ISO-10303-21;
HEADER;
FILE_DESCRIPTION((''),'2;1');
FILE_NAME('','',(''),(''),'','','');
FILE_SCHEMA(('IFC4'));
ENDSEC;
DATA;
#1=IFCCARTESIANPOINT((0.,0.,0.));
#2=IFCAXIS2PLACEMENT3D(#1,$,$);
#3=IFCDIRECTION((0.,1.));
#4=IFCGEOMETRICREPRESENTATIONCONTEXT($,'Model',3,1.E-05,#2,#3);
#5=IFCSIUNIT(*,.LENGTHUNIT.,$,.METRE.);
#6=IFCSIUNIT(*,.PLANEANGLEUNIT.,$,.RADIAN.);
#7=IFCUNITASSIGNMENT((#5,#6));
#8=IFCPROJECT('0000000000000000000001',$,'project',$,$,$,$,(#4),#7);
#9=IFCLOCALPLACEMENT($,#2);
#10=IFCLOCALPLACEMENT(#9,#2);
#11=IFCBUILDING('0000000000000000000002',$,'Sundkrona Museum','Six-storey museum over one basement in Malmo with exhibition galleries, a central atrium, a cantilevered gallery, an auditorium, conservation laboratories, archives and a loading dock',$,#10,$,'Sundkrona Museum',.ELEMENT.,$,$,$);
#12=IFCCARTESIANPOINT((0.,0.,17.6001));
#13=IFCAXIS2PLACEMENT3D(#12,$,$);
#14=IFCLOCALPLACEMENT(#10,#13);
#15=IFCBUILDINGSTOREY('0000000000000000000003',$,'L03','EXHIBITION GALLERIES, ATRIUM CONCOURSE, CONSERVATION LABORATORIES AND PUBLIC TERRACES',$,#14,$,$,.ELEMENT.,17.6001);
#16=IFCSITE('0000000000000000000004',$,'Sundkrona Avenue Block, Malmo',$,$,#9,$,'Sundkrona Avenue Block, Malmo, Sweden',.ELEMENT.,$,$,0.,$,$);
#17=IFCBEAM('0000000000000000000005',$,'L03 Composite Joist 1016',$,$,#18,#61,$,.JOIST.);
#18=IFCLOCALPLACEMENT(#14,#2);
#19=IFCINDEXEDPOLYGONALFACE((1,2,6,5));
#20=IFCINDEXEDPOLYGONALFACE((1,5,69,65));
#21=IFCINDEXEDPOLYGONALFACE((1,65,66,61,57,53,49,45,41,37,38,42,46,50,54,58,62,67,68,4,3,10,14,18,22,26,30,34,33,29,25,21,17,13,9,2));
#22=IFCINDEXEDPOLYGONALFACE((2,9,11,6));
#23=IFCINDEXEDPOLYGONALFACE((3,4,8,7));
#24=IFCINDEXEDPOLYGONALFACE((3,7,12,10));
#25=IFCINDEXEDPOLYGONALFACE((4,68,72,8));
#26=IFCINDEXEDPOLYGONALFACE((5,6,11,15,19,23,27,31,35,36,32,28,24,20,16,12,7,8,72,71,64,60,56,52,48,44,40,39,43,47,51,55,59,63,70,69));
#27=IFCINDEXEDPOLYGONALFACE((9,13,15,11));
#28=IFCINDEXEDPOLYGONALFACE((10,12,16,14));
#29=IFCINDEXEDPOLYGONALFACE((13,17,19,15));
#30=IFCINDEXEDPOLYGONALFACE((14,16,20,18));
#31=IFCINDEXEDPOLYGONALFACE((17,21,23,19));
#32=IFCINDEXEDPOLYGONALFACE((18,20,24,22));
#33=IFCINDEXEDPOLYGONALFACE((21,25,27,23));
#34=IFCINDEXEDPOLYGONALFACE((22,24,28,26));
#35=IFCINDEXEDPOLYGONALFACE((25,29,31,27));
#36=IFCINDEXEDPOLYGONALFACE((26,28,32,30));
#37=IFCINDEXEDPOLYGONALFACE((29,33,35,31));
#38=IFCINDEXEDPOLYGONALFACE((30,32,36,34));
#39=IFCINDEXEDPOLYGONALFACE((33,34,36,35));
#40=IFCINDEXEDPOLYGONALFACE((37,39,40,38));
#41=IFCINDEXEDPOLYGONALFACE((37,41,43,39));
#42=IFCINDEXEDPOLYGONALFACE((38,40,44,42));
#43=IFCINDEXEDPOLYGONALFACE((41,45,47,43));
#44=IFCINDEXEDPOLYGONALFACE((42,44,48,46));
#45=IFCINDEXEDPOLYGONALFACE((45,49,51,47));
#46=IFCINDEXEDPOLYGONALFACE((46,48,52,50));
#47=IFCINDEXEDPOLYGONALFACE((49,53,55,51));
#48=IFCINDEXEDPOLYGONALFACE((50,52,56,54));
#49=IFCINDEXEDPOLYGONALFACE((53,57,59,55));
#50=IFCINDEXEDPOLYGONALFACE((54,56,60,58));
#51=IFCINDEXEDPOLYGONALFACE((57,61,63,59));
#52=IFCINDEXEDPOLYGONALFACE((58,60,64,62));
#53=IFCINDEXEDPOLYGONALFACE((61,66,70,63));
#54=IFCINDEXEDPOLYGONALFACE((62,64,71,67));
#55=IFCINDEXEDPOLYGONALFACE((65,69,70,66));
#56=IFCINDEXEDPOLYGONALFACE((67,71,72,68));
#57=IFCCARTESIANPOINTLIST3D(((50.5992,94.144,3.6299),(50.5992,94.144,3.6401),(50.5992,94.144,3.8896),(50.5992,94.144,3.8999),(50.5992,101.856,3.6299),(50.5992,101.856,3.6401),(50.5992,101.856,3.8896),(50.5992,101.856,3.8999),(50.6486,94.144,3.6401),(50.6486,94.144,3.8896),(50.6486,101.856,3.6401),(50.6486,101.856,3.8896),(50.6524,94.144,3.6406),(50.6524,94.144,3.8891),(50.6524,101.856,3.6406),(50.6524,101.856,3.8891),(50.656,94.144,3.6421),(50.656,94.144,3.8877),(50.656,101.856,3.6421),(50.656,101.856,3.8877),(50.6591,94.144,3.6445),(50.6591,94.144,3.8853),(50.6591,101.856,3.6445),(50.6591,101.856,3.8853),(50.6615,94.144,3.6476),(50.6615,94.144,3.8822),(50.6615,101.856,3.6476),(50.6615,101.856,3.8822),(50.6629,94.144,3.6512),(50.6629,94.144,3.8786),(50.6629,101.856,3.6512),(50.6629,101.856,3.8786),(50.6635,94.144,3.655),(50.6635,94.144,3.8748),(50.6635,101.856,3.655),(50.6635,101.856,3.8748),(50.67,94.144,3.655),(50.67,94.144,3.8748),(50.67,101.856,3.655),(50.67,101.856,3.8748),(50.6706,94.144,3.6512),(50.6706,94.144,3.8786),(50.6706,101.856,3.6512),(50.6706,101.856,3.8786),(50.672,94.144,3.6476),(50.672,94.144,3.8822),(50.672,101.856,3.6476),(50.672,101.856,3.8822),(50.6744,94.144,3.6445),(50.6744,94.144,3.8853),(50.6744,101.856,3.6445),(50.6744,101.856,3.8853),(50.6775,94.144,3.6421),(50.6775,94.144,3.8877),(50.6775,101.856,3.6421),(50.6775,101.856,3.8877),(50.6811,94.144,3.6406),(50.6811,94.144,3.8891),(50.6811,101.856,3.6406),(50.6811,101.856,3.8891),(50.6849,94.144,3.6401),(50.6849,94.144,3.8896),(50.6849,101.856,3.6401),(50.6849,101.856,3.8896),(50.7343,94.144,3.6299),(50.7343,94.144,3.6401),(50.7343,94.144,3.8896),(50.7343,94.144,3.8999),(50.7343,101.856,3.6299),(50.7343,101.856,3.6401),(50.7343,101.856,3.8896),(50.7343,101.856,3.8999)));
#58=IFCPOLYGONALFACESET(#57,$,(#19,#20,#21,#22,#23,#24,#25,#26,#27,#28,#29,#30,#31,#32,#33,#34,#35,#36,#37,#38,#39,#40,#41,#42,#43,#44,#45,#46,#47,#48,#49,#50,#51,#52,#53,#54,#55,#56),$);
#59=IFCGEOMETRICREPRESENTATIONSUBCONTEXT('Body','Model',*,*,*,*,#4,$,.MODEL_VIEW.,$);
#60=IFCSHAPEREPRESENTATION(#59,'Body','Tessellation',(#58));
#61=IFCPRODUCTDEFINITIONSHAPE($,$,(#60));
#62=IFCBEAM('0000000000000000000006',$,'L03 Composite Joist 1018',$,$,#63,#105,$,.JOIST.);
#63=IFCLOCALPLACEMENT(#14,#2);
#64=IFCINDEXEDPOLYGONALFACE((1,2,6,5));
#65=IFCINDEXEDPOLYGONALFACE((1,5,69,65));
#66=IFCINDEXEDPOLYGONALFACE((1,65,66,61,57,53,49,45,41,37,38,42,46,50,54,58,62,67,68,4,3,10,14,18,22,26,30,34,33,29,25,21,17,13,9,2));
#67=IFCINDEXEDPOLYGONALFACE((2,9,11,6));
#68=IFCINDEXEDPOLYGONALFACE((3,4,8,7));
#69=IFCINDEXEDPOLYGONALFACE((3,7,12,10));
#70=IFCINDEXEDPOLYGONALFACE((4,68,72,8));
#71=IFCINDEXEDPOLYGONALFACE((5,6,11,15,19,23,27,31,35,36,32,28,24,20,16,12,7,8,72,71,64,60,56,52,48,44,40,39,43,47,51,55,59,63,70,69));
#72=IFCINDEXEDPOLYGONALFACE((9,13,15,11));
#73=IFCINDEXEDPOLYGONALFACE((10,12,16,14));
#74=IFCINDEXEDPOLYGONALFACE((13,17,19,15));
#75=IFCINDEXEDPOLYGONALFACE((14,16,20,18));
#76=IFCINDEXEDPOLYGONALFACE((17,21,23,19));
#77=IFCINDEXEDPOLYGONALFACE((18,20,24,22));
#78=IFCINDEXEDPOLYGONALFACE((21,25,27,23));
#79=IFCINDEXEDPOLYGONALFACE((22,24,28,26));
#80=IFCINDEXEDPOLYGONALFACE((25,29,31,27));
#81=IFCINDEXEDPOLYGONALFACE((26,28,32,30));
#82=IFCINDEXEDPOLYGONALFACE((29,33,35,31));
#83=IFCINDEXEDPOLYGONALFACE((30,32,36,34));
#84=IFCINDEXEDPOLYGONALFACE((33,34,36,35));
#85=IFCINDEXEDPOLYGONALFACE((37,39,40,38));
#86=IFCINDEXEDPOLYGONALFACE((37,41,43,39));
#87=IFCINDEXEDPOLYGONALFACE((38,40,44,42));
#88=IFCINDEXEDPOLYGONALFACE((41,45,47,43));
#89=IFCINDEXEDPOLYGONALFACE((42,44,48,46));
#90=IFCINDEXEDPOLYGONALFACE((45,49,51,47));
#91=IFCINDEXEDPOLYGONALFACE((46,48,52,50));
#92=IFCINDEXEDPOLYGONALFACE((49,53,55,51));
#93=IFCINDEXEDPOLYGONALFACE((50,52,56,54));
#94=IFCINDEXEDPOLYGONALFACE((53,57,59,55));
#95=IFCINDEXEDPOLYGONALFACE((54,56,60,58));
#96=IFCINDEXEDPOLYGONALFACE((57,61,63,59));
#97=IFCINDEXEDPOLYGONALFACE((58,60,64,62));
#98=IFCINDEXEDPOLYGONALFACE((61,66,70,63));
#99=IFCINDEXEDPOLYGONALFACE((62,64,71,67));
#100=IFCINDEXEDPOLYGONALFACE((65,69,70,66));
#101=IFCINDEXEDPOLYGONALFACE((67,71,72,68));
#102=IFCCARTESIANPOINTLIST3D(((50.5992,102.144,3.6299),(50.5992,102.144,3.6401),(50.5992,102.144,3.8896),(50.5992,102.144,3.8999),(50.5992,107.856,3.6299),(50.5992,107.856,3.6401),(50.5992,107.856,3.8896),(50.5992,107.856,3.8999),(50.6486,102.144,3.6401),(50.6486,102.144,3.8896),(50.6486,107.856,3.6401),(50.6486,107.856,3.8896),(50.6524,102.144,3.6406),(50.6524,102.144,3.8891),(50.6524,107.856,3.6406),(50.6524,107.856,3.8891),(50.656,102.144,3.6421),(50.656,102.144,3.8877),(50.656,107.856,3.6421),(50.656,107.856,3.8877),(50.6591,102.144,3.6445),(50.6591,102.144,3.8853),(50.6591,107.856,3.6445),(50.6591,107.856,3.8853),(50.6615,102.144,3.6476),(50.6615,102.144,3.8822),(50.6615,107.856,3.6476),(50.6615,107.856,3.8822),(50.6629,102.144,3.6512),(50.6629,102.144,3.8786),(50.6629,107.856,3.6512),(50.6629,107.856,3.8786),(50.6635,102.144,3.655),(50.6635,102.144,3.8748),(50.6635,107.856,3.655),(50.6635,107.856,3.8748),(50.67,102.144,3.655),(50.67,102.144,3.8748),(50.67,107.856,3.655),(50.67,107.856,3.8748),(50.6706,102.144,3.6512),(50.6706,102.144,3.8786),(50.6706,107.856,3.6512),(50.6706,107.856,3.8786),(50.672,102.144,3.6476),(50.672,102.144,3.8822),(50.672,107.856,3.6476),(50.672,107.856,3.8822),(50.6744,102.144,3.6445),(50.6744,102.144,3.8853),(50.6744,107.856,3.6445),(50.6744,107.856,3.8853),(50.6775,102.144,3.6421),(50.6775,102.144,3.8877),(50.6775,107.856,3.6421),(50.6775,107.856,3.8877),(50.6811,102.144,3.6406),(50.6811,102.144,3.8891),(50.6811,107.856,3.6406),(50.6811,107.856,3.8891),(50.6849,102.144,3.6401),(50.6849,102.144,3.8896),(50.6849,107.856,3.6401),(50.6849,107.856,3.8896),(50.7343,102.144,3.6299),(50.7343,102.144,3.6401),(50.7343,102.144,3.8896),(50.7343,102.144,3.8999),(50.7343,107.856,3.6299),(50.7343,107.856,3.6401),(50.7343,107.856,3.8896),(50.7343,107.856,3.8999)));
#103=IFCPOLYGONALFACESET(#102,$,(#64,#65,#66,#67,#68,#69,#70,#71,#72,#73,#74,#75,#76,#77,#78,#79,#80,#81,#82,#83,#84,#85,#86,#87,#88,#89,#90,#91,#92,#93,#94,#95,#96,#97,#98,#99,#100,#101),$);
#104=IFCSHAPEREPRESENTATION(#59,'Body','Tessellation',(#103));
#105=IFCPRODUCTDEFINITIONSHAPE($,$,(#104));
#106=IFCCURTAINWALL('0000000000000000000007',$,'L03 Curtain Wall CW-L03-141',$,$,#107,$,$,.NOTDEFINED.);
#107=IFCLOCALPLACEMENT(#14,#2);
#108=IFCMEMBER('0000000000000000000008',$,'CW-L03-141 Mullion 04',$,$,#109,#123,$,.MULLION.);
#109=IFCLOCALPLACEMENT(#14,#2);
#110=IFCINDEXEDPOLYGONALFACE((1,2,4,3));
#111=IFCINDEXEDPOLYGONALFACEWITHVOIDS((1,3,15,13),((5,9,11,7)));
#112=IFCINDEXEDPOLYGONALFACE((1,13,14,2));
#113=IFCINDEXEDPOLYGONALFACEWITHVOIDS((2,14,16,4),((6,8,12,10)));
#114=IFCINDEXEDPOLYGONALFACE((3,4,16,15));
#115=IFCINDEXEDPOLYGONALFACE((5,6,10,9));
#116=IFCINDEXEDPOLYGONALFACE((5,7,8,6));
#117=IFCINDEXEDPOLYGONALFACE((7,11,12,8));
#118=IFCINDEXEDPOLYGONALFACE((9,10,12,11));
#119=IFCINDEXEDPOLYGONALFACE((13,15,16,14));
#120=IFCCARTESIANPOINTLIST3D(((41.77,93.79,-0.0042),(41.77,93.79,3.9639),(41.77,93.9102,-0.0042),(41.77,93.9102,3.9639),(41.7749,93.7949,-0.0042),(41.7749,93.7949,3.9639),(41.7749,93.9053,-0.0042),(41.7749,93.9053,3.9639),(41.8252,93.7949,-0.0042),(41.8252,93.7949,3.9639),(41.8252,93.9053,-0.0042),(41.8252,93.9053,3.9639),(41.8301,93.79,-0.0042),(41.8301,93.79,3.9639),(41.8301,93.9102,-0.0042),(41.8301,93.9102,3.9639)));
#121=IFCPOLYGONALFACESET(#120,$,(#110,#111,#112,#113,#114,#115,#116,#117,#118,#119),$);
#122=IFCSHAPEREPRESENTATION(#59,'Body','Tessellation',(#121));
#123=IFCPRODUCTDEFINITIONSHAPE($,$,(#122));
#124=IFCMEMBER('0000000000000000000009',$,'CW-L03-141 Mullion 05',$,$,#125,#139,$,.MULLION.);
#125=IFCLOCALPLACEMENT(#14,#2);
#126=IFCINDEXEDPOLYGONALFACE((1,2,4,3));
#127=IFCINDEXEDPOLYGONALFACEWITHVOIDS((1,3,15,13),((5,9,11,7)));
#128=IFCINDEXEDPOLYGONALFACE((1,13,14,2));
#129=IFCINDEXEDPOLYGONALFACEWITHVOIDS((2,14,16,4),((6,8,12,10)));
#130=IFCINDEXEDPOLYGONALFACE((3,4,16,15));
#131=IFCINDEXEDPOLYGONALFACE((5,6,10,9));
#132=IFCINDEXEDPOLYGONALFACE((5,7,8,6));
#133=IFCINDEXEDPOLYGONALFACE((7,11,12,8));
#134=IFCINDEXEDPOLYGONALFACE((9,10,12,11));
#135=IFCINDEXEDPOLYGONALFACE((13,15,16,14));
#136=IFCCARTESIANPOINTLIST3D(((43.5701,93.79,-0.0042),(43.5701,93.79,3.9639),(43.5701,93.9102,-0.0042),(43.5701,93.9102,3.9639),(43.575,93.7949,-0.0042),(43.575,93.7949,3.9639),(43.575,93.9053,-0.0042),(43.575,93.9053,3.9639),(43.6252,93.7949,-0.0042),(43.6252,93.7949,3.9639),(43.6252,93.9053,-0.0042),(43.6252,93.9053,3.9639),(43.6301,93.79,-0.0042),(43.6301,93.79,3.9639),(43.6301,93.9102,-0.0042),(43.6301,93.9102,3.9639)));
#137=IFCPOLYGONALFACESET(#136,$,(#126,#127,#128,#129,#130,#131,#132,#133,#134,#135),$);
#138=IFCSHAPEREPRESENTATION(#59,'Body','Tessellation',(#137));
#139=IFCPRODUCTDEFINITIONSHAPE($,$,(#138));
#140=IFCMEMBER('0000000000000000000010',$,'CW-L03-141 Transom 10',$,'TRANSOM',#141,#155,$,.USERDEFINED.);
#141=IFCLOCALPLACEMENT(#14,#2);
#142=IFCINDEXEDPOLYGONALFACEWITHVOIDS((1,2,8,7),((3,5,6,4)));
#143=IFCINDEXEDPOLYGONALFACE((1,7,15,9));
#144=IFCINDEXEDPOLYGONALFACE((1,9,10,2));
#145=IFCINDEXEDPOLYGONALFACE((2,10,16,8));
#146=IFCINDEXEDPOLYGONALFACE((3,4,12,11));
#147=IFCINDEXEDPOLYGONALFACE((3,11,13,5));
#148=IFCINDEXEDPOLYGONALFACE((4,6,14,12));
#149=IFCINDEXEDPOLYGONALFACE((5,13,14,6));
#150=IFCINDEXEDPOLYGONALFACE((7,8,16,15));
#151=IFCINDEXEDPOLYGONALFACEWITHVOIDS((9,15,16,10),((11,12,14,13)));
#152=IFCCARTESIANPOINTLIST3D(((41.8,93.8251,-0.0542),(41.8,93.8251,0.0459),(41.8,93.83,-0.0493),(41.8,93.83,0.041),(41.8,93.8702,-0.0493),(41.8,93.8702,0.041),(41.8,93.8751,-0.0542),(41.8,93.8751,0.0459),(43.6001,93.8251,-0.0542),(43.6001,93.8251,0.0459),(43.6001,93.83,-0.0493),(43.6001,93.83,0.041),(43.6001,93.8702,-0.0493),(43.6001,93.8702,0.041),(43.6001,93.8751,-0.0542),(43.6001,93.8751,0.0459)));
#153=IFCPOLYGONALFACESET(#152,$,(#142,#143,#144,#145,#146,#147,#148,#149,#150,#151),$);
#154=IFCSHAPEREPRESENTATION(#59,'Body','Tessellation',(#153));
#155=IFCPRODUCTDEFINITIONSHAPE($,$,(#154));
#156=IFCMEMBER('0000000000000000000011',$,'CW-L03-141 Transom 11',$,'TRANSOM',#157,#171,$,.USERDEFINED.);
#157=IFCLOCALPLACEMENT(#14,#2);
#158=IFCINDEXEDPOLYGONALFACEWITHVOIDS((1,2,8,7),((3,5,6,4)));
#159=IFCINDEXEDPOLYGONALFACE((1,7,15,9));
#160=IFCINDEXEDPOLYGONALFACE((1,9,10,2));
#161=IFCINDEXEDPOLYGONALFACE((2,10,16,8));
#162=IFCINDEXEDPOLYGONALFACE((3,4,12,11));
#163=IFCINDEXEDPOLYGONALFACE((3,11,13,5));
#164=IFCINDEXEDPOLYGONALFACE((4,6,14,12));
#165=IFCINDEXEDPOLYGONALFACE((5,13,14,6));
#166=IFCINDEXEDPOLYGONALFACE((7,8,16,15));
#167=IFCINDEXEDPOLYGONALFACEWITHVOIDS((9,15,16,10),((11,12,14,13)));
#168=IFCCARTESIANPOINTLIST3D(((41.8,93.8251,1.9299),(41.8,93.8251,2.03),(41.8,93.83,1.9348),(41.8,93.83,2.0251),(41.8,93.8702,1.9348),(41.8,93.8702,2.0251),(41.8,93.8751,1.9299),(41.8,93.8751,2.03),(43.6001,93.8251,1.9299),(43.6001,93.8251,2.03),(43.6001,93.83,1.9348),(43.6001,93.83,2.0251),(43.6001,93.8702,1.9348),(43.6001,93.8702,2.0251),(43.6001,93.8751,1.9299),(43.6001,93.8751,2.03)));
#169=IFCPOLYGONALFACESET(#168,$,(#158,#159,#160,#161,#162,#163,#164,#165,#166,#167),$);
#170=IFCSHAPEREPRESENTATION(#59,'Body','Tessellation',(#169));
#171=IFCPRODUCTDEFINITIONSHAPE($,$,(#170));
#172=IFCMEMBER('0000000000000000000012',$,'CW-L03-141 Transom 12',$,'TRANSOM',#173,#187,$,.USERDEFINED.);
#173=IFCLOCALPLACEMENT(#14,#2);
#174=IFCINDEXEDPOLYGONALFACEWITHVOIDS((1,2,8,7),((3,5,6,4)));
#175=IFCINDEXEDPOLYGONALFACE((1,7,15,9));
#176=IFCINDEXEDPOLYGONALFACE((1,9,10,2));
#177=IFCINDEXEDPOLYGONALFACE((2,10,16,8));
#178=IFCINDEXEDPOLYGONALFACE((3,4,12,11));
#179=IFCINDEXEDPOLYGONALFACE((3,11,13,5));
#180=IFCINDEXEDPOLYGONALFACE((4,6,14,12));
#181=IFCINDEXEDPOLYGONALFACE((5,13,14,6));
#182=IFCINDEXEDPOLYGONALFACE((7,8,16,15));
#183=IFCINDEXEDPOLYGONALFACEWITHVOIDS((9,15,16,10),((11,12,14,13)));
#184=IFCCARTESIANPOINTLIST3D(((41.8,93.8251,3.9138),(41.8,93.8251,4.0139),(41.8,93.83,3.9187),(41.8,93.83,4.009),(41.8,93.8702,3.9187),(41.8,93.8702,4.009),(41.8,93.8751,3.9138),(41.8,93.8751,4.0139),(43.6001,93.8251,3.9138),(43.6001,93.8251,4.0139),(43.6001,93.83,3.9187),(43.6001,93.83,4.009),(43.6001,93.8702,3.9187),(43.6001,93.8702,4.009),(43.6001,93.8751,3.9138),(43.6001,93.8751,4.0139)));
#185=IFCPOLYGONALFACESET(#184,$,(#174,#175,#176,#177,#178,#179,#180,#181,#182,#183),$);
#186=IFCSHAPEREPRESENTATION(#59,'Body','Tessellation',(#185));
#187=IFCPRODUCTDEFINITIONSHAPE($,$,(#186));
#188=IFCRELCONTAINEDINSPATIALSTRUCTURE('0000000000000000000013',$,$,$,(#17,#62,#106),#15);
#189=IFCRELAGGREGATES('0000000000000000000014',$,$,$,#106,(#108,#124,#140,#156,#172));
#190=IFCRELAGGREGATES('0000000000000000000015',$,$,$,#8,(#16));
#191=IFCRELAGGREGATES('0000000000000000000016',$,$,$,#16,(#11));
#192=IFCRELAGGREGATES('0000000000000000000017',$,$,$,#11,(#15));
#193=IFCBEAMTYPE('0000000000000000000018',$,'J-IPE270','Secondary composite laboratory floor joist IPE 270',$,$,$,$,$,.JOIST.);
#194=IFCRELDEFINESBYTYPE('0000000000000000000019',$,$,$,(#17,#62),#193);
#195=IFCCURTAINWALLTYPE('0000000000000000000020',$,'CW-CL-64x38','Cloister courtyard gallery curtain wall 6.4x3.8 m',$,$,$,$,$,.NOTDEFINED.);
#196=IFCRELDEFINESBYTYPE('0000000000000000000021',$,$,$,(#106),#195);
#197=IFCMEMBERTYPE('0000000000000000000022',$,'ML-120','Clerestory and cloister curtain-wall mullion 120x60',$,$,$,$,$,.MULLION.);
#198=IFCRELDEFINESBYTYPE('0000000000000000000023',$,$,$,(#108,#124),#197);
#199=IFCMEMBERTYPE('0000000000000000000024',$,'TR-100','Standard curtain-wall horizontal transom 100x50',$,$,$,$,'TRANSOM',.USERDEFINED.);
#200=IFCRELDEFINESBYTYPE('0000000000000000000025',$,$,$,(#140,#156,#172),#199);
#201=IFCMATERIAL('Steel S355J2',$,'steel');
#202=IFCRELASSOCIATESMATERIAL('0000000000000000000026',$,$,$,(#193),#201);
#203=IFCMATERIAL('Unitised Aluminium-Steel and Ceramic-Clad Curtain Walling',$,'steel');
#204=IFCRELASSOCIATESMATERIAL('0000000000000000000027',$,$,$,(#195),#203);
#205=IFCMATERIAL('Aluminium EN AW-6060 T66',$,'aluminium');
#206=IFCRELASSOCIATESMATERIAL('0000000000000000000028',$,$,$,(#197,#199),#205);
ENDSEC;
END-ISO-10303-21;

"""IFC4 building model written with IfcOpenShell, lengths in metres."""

from ifc_helpers import new_model, si_unit, direction, frame, origin, origin_2d, place, context, subcontext, project, spatial, hollow_rectangle, i_section, extrude, material, material_profile, profile_set, type_object, element, aggregate, save


model = new_model("IFC4")

# Units and contexts
model_context = context("Model", 3, precision=1e-05, world=origin(), true_north=direction((0.0, 1.0)))
body_context = subcontext(model_context, "Body", "Model", "MODEL_VIEW")
ifc_project = project(units=[si_unit("LENGTHUNIT", "METRE"), si_unit("PLANEANGLEUNIT", "RADIAN")], contexts=[model_context])

# Site, building, storey
site_placement = place(None, origin())
site = spatial("IfcSite", under=ifc_project, at=site_placement, Name="Sundkrona Avenue Block, Malmo", LongName="Sundkrona Avenue Block, Malmo, Sweden", CompositionType="ELEMENT", RefElevation=0.0)
building_placement = place(site_placement, origin())
building = spatial("IfcBuilding", under=site, at=building_placement, Name="Sundkrona Museum", Description="Six-storey museum over one basement in Malmo with exhibition galleries, a central atrium, a cantilevered gallery, an auditorium, conservation laboratories, archives and a loading dock", LongName="Sundkrona Museum", CompositionType="ELEMENT")
storey_placement = place(building_placement, frame((0.0, 0.0, 17.6001)))
storey = spatial("IfcBuildingStorey", under=building, at=storey_placement, Name="L03", Description="EXHIBITION GALLERIES, ATRIUM CONCOURSE, CONSERVATION LABORATORIES AND PUBLIC TERRACES", CompositionType="ELEMENT", Elevation=17.6001)

# Shared definitions
ifc_material_1 = material(Name="Steel S355J2", Category="steel")

# Beams
ifc_material_profile_1 = material_profile(ifc_material_1, i_section(OverallWidth=0.135, OverallDepth=0.27, WebThickness=0.0066, FlangeThickness=0.0103, FilletRadius=0.0149, at=origin_2d()), Name="IPE 270")
ifc_profile_set_1 = profile_set([ifc_material_profile_1], Name="Steel S355J2")
beam_type_1 = type_object("IfcBeamType", Name="J-IPE270", Description="Secondary composite laboratory floor joist IPE 270", PredefinedType="JOIST", material=ifc_profile_set_1)
beam_1_placement = place(storey_placement, frame((50.6667, 94.144, 3.7649), z_axis=(0.0, 1.0, 0.0), x_axis=(-1.0, 0.0, 0.0)))
element("IfcBeam", 1, at=beam_1_placement, inside=storey, type_object=beam_type_1, Name="L03 Composite Joist 1016", PredefinedType="JOIST", context=body_context, shape_type="SweptSolid", body=[
    extrude(i_section(OverallWidth=0.135, OverallDepth=0.27, WebThickness=0.0066, FlangeThickness=0.0103, FilletRadius=0.0149, at=origin_2d()), origin(), (0.0, 0.0, 1.0), 7.7119),
])
beam_2_placement = place(storey_placement, frame((50.6667, 102.144, 3.7649), z_axis=(0.0, 1.0, 0.0), x_axis=(-1.0, 0.0, 0.0)))
element("IfcBeam", 2, at=beam_2_placement, inside=storey, type_object=beam_type_1, Name="L03 Composite Joist 1018", PredefinedType="JOIST", context=body_context, shape_type="SweptSolid", body=[
    extrude(i_section(OverallWidth=0.135, OverallDepth=0.27, WebThickness=0.0066, FlangeThickness=0.0103, FilletRadius=0.0149, at=origin_2d()), origin(), (0.0, 0.0, 1.0), 5.7119),
])

# Curtain wall, members
ifc_material_2 = material(Name="Unitised Aluminium-Steel and Ceramic-Clad Curtain Walling", Category="steel")
curtain_wall_type = type_object("IfcCurtainWallType", Name="CW-CL-64x38", Description="Cloister courtyard gallery curtain wall 6.4x3.8 m", PredefinedType="NOTDEFINED", material=ifc_material_2)
curtain_wall_placement = place(storey_placement, origin())
curtain_wall = element("IfcCurtainWall", 3, at=curtain_wall_placement, inside=storey, type_object=curtain_wall_type, Name="L03 Curtain Wall CW-L03-141", PredefinedType="NOTDEFINED")
ifc_material_3 = material(Name="Aluminium EN AW-6060 T66", Category="aluminium")
ifc_material_profile_2 = material_profile(ifc_material_3, hollow_rectangle(XDim=0.0601, YDim=0.1201, WallThickness=0.0049, at=origin_2d()), Name="RHS 120x60x5.0")
ifc_profile_set_2 = profile_set([ifc_material_profile_2], Name="Aluminium EN AW-6060 T66")
member_type_1 = type_object("IfcMemberType", Name="ML-120", Description="Clerestory and cloister curtain-wall mullion 120x60", PredefinedType="MULLION", material=ifc_profile_set_2)
member_1_placement = place(storey_placement, frame((41.8, 93.8501, -0.0042), z_axis=(0.0, 0.0, 1.0), x_axis=(1.0, 0.0, 0.0)))
member_1 = element("IfcMember", 4, at=member_1_placement, type_object=member_type_1, Name="CW-L03-141 Mullion 04", PredefinedType="MULLION", context=body_context, shape_type="SweptSolid", body=[
    extrude(hollow_rectangle(XDim=0.0601, YDim=0.1201, WallThickness=0.0049, at=origin_2d()), origin(), (0.0, 0.0, 1.0), 3.968),
])
member_2_placement = place(storey_placement, frame((43.6001, 93.8501, -0.0042), z_axis=(0.0, 0.0, 1.0), x_axis=(1.0, 0.0, 0.0)))
member_2 = element("IfcMember", 5, at=member_2_placement, type_object=member_type_1, Name="CW-L03-141 Mullion 05", PredefinedType="MULLION", context=body_context, shape_type="SweptSolid", body=[
    extrude(hollow_rectangle(XDim=0.0601, YDim=0.1201, WallThickness=0.0049, at=origin_2d()), origin(), (0.0, 0.0, 1.0), 3.968),
])
ifc_material_profile_3 = material_profile(ifc_material_3, hollow_rectangle(XDim=0.05, YDim=0.1001, WallThickness=0.0049, at=origin_2d()), Name="RHS 100x50x5.0")
ifc_profile_set_3 = profile_set([ifc_material_profile_3], Name="Aluminium EN AW-6060 T66")
member_type_2 = type_object("IfcMemberType", Name="TR-100", Description="Standard curtain-wall horizontal transom 100x50", ElementType="TRANSOM", PredefinedType="USERDEFINED", material=ifc_profile_set_3)
member_3_placement = place(storey_placement, frame((41.8, 93.8501, -0.0042), z_axis=(1.0, 0.0, 0.0), x_axis=(0.0, 1.0, 0.0)))
member_3 = element("IfcMember", 6, at=member_3_placement, type_object=member_type_2, Name="CW-L03-141 Transom 10", ObjectType="TRANSOM", PredefinedType="USERDEFINED", context=body_context, shape_type="SweptSolid", body=[
    extrude(hollow_rectangle(XDim=0.05, YDim=0.1001, WallThickness=0.0049, at=origin_2d()), origin(), (0.0, 0.0, 1.0), 1.8),
])
member_4_placement = place(storey_placement, frame((41.8, 93.8501, 1.98), z_axis=(1.0, 0.0, 0.0), x_axis=(0.0, 1.0, 0.0)))
member_4 = element("IfcMember", 7, at=member_4_placement, type_object=member_type_2, Name="CW-L03-141 Transom 11", ObjectType="TRANSOM", PredefinedType="USERDEFINED", context=body_context, shape_type="SweptSolid", body=[
    extrude(hollow_rectangle(XDim=0.05, YDim=0.1001, WallThickness=0.0049, at=origin_2d()), origin(), (0.0, 0.0, 1.0), 1.8),
])
member_5_placement = place(storey_placement, frame((41.8, 93.8501, 3.9639), z_axis=(1.0, 0.0, 0.0), x_axis=(0.0, 1.0, 0.0)))
member_5 = element("IfcMember", 8, at=member_5_placement, type_object=member_type_2, Name="CW-L03-141 Transom 12", ObjectType="TRANSOM", PredefinedType="USERDEFINED", context=body_context, shape_type="SweptSolid", body=[
    extrude(hollow_rectangle(XDim=0.05, YDim=0.1001, WallThickness=0.0049, at=origin_2d()), origin(), (0.0, 0.0, 1.0), 1.8),
])

aggregate(curtain_wall, [member_1, member_2, member_3, member_4, member_5])

save(model, "model.ifc")
